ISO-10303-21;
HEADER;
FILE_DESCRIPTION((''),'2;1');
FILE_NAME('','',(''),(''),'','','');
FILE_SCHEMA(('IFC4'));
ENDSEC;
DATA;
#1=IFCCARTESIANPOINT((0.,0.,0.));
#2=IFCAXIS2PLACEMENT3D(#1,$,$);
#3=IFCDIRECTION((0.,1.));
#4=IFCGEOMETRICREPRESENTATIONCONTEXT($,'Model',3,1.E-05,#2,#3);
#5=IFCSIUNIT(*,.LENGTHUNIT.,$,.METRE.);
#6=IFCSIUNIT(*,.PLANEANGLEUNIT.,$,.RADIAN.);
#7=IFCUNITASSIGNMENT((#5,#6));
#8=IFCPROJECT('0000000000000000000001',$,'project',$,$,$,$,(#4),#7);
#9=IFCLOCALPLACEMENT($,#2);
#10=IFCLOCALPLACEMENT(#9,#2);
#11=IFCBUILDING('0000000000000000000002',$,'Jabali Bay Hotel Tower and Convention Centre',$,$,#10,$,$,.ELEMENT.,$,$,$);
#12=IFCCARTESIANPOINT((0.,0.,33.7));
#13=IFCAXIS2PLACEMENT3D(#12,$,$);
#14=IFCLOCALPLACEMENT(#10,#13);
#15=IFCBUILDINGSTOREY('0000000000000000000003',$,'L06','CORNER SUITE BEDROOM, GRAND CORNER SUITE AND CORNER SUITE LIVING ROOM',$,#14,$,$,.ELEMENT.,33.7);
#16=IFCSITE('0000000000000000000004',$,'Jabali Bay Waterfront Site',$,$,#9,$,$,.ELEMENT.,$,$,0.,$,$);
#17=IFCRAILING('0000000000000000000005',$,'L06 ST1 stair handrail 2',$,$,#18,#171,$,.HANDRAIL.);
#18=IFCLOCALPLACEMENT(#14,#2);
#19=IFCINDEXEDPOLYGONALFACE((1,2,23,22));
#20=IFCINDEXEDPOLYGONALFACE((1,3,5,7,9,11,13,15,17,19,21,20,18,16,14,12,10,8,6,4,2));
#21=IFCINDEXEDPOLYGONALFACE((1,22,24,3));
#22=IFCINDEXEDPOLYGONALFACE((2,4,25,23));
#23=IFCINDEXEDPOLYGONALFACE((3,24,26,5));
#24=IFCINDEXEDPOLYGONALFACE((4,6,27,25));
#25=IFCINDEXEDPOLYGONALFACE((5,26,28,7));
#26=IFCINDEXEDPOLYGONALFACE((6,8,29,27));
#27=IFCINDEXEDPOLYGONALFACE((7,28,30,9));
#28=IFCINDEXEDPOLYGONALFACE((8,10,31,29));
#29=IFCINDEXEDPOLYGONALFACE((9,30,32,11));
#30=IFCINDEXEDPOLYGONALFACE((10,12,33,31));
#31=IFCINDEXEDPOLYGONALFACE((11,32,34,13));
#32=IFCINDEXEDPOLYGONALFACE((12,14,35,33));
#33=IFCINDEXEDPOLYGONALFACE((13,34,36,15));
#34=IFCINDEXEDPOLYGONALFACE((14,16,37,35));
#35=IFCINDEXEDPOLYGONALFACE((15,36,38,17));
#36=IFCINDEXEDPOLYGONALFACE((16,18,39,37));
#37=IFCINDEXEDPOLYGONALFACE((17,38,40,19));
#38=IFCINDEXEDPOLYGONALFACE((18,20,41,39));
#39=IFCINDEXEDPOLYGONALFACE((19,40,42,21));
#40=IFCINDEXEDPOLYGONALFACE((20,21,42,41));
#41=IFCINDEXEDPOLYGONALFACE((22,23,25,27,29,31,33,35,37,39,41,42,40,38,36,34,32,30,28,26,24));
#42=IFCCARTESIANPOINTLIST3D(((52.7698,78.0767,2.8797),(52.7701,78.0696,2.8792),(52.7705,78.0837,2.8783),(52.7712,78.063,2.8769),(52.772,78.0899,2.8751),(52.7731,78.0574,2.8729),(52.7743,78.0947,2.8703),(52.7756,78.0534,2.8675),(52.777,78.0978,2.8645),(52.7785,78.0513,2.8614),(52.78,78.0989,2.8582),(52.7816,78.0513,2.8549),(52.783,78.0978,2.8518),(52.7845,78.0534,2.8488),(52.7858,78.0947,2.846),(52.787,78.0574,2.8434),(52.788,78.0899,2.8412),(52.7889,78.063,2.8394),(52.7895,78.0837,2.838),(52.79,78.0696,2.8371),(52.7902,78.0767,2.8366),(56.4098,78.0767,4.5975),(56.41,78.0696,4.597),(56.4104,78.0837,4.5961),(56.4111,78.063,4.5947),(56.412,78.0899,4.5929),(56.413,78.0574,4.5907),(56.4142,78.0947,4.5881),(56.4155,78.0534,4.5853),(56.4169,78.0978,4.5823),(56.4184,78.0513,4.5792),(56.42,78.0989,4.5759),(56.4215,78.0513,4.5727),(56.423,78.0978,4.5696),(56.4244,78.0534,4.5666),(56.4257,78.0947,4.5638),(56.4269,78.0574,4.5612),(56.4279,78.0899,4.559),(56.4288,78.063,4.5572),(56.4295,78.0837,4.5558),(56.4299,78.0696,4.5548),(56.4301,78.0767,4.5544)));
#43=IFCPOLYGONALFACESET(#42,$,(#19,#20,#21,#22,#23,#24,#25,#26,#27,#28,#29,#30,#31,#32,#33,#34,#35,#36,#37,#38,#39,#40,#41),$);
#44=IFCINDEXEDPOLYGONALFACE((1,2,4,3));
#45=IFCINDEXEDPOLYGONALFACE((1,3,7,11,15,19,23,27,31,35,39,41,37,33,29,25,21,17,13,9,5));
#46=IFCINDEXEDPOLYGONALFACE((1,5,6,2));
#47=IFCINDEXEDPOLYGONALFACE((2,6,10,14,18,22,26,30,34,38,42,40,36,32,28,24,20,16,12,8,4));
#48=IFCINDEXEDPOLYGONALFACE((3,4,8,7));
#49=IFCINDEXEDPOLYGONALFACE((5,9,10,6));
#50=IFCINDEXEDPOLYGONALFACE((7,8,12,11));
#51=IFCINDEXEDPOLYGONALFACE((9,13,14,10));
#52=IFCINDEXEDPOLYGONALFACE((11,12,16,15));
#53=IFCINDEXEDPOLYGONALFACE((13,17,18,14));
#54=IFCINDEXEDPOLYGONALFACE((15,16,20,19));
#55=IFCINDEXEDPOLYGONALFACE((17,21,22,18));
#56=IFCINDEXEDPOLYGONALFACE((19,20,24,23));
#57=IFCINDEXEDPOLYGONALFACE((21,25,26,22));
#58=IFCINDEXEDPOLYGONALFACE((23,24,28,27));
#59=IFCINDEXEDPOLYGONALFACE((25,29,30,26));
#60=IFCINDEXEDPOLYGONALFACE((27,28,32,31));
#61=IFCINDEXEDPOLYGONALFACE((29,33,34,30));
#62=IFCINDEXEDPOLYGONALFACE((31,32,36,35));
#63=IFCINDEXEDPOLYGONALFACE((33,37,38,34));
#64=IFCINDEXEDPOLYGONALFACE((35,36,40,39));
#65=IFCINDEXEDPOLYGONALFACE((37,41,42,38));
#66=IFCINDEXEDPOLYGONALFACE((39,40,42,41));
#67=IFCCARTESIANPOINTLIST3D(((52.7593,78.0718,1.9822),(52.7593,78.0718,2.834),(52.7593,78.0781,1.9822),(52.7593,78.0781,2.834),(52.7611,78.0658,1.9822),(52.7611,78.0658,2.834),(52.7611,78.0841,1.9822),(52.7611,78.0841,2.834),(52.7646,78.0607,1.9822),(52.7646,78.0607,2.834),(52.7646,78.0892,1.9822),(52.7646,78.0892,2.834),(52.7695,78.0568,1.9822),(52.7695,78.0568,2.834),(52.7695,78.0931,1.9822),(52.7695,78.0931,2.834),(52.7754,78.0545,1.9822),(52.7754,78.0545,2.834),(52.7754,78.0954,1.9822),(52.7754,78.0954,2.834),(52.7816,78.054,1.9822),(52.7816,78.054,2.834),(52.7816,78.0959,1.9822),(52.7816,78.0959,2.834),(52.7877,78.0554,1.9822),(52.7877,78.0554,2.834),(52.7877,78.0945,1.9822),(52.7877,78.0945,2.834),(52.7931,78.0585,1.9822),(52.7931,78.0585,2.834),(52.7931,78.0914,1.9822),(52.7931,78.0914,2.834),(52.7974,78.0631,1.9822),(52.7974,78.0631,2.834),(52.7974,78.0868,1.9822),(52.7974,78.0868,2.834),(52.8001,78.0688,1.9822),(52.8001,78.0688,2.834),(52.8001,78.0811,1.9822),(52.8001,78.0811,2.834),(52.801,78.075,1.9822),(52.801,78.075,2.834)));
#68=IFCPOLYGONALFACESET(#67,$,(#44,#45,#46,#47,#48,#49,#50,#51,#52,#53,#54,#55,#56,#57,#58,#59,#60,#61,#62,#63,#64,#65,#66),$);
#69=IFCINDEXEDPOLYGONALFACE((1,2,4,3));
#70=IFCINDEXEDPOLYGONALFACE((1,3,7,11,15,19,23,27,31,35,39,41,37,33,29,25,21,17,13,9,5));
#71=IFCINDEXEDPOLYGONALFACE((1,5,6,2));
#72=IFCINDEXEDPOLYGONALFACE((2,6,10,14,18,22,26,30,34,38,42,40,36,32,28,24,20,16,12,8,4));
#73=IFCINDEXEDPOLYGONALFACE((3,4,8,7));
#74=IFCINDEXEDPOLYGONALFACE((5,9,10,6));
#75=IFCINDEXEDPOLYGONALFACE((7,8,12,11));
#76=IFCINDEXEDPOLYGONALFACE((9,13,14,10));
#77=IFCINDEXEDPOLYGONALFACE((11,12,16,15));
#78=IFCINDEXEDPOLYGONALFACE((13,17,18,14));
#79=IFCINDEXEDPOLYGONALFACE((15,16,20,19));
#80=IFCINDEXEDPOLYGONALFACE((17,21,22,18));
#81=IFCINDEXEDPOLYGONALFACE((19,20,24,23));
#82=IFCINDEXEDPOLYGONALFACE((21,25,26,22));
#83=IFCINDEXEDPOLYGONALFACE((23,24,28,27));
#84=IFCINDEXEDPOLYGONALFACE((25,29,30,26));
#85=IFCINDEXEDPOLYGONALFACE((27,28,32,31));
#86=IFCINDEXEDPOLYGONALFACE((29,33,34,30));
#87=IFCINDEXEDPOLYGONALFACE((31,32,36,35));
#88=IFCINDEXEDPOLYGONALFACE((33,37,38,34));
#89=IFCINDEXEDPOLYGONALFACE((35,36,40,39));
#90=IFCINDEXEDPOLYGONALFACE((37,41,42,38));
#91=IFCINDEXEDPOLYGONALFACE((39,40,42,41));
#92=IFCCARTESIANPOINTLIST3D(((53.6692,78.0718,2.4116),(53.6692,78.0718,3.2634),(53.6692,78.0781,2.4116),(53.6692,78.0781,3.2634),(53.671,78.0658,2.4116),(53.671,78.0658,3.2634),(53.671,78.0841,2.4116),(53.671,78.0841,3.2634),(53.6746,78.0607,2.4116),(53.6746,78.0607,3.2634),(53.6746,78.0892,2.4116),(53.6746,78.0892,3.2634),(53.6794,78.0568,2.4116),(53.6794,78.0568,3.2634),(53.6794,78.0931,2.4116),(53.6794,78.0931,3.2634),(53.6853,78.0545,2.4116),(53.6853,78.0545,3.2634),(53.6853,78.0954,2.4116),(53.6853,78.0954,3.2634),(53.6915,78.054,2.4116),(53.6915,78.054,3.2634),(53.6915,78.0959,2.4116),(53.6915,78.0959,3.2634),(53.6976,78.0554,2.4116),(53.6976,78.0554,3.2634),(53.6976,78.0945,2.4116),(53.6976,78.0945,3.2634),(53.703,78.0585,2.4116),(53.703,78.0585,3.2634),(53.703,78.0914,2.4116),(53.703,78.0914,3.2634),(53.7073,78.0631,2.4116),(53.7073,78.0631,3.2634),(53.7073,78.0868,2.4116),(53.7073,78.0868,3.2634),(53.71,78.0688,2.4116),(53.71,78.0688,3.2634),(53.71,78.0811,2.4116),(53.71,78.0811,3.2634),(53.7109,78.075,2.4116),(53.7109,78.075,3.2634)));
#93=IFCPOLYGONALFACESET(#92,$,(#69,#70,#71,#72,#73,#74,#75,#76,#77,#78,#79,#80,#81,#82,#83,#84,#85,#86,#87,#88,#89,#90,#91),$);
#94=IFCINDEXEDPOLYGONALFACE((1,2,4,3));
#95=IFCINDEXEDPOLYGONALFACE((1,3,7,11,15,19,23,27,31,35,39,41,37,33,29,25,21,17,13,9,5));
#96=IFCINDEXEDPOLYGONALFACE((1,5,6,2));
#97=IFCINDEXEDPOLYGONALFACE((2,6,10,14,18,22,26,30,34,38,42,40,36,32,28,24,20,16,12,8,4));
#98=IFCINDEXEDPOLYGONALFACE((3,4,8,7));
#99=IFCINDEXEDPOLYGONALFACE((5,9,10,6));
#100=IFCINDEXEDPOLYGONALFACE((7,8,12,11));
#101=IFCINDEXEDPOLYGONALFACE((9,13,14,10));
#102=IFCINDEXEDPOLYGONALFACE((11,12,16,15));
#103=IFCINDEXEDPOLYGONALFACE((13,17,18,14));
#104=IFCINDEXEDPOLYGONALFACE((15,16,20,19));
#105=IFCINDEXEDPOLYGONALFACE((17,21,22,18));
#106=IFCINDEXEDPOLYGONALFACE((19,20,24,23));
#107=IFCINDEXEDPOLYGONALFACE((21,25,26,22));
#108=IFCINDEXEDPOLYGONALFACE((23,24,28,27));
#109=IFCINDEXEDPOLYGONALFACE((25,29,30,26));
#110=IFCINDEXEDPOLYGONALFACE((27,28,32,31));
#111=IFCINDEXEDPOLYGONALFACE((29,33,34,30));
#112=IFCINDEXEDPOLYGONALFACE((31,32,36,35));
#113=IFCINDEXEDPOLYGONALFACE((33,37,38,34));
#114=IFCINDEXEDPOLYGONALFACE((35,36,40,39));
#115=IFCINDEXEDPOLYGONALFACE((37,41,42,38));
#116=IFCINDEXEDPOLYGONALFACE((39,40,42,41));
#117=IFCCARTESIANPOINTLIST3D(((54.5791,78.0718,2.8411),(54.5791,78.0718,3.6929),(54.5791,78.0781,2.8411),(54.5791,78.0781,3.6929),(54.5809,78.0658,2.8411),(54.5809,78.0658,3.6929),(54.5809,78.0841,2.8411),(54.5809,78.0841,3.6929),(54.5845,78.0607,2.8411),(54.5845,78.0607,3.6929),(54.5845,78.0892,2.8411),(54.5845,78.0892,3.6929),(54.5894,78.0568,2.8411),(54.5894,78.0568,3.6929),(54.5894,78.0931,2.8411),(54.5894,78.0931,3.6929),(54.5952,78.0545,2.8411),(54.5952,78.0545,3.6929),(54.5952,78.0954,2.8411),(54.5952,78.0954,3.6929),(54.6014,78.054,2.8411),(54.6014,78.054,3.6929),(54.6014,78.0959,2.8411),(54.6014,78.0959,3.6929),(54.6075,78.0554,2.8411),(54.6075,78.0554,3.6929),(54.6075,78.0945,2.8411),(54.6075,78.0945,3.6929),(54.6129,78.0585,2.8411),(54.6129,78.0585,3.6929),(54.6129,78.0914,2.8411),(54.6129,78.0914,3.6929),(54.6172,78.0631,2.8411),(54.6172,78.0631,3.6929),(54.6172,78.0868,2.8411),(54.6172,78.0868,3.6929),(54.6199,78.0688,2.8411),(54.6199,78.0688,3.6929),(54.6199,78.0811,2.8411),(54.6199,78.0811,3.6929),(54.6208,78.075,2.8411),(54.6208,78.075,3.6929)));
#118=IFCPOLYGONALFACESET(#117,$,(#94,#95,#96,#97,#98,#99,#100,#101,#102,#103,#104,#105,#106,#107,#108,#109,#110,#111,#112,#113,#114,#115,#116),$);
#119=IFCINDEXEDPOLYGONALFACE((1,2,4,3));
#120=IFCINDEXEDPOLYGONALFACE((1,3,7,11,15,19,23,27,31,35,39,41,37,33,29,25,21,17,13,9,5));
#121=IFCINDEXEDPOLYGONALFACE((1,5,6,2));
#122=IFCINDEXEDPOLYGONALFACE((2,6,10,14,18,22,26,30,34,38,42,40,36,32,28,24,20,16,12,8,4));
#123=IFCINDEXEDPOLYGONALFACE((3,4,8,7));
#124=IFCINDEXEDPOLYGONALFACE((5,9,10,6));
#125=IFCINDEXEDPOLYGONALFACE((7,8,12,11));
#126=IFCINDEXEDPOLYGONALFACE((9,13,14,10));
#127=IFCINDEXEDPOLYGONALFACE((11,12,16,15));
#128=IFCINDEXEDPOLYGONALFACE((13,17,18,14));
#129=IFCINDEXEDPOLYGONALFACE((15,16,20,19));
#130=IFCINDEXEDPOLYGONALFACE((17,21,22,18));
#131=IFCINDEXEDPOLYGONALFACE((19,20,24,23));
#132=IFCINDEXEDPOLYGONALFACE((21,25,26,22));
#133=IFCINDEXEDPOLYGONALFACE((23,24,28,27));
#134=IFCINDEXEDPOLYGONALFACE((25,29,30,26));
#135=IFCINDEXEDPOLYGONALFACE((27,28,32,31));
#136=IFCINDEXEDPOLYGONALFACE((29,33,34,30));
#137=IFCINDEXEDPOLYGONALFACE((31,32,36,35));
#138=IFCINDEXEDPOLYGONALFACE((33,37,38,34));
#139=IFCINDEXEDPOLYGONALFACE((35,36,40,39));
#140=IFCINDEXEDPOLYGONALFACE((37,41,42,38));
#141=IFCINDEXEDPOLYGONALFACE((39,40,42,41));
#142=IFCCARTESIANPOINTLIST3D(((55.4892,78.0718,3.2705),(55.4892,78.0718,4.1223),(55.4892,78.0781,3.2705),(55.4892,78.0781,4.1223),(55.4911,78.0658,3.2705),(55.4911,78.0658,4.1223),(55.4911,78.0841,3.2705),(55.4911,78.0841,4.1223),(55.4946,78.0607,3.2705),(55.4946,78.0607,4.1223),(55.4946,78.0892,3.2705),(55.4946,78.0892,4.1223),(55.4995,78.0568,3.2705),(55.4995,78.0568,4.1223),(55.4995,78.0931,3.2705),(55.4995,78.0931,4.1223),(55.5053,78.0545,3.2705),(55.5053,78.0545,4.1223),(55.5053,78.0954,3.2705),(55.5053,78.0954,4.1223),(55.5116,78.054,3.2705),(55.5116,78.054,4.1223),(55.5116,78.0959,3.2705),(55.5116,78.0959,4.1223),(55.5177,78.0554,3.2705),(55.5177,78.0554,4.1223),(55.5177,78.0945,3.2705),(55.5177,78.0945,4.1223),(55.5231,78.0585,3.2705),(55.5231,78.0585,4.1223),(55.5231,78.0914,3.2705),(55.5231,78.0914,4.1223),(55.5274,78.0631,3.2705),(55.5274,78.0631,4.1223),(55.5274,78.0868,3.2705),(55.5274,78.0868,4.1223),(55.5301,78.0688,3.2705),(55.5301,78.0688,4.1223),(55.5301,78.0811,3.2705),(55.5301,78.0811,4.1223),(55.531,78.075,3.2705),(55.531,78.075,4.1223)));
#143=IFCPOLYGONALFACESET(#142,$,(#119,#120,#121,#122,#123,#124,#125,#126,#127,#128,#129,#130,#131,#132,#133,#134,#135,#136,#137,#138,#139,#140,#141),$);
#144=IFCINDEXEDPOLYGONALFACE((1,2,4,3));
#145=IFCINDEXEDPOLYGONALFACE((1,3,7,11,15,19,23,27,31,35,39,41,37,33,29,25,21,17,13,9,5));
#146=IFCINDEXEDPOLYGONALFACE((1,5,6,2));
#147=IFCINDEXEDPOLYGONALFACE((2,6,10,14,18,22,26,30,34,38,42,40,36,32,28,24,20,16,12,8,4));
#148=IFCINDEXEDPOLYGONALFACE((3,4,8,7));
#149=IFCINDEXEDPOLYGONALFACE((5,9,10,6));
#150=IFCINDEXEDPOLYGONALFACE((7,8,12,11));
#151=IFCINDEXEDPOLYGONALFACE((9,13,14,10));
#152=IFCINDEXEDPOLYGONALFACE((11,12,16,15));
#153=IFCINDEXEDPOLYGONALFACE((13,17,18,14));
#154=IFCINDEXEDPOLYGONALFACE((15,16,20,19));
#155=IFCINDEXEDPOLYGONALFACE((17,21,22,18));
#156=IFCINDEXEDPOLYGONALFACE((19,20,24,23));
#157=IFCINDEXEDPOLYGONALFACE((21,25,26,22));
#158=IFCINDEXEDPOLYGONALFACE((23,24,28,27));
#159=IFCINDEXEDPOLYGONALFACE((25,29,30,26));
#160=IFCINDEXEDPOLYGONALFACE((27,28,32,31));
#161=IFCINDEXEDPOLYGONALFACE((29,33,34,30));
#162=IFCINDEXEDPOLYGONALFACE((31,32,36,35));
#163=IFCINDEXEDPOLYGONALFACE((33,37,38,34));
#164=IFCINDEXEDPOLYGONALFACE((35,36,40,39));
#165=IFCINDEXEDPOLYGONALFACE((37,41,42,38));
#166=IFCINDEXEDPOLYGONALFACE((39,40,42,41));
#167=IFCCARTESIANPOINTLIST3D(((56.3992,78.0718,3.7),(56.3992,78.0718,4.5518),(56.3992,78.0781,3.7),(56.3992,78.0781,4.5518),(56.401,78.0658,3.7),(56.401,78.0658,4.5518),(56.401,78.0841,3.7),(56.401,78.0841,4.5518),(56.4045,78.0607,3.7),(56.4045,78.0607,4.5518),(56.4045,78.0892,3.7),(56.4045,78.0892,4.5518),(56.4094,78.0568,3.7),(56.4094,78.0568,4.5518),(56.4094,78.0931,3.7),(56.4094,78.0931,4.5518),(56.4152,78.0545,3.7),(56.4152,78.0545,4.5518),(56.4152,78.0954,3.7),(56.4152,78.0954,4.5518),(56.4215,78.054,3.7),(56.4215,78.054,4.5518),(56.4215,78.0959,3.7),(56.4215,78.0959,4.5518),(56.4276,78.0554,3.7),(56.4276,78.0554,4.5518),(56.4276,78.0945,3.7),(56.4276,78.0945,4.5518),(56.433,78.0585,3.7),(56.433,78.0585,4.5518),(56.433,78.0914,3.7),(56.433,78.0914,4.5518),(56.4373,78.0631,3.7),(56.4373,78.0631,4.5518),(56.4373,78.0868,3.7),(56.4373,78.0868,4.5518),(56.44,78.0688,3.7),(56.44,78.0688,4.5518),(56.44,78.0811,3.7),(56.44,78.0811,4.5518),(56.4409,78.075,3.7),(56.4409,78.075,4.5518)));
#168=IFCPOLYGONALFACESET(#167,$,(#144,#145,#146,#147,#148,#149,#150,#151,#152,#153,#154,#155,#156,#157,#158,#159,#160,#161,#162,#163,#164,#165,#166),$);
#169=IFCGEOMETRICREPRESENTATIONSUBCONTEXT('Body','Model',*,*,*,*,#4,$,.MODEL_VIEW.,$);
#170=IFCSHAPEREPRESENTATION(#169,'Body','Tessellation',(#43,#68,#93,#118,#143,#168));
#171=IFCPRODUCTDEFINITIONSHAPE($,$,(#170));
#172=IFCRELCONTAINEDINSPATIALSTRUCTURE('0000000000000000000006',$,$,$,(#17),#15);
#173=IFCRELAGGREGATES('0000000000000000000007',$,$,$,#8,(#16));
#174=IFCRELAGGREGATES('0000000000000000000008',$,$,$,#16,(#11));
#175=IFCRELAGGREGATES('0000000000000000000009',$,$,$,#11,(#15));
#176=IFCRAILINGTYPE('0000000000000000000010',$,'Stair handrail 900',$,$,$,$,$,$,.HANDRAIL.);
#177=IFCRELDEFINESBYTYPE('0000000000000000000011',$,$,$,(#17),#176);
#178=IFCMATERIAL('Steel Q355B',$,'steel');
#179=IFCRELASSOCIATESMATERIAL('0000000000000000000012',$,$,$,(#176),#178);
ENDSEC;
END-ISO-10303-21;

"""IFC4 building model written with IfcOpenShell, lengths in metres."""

from ifc_helpers import new_model, si_unit, direction, frame, origin, origin_2d, place, context, subcontext, project, spatial, circle, extrude, material, type_object, element, save


model = new_model("IFC4")

# Units and contexts
model_context = context("Model", 3, precision=1e-05, world=origin(), true_north=direction((0.0, 1.0)))
body_context = subcontext(model_context, "Body", "Model", "MODEL_VIEW")
ifc_project = project(units=[si_unit("LENGTHUNIT", "METRE"), si_unit("PLANEANGLEUNIT", "RADIAN")], contexts=[model_context])

# Site, building, storey
site_placement = place(None, origin())
site = spatial("IfcSite", under=ifc_project, at=site_placement, Name="Jabali Bay Waterfront Site", CompositionType="ELEMENT", RefElevation=0.0)
building_placement = place(site_placement, origin())
building = spatial("IfcBuilding", under=site, at=building_placement, Name="Jabali Bay Hotel Tower and Convention Centre", CompositionType="ELEMENT")
storey_placement = place(building_placement, frame((0.0, 0.0, 33.7)))
storey = spatial("IfcBuildingStorey", under=building, at=storey_placement, Name="L06", Description="CORNER SUITE BEDROOM, GRAND CORNER SUITE AND CORNER SUITE LIVING ROOM", CompositionType="ELEMENT", Elevation=33.7)

# Railing
ifc_material_1 = material(Name="Steel Q355B", Category="steel")
railing_type = type_object("IfcRailingType", Name="Stair handrail 900", PredefinedType="HANDRAIL", material=ifc_material_1)
railing_placement = place(storey_placement, frame((52.78, 78.075, 1.9822)))
element("IfcRailing", 1, at=railing_placement, inside=storey, type_object=railing_type, Name="L06 ST1 stair handrail 2", PredefinedType="HANDRAIL", context=body_context, shape_type="SweptSolid", body=[
    extrude(circle(Radius=0.0239, at=origin_2d()), frame((0.0, 0.0, 0.876), z_axis=(0.904351, 0.0, 0.42679), x_axis=(0.0, 1.0, 0.0)), (0.0, 0.0, 1.0), 4.0249),
    extrude(circle(Radius=0.021, at=origin_2d()), origin(), (0.0, 0.0, 1.0), 0.8518),
    extrude(circle(Radius=0.021, at=origin_2d()), frame((0.9099, 0.0, 0.4294)), (0.0, 0.0, 1.0), 0.8518),
    extrude(circle(Radius=0.021, at=origin_2d()), frame((1.8198, 0.0, 0.8589)), (0.0, 0.0, 1.0), 0.8518),
    extrude(circle(Radius=0.021, at=origin_2d()), frame((2.73, 0.0, 1.2883)), (0.0, 0.0, 1.0), 0.8518),
    extrude(circle(Radius=0.021, at=origin_2d()), frame((3.6399, 0.0, 1.7178)), (0.0, 0.0, 1.0), 0.8518),
])

save(model, "model.ifc")
